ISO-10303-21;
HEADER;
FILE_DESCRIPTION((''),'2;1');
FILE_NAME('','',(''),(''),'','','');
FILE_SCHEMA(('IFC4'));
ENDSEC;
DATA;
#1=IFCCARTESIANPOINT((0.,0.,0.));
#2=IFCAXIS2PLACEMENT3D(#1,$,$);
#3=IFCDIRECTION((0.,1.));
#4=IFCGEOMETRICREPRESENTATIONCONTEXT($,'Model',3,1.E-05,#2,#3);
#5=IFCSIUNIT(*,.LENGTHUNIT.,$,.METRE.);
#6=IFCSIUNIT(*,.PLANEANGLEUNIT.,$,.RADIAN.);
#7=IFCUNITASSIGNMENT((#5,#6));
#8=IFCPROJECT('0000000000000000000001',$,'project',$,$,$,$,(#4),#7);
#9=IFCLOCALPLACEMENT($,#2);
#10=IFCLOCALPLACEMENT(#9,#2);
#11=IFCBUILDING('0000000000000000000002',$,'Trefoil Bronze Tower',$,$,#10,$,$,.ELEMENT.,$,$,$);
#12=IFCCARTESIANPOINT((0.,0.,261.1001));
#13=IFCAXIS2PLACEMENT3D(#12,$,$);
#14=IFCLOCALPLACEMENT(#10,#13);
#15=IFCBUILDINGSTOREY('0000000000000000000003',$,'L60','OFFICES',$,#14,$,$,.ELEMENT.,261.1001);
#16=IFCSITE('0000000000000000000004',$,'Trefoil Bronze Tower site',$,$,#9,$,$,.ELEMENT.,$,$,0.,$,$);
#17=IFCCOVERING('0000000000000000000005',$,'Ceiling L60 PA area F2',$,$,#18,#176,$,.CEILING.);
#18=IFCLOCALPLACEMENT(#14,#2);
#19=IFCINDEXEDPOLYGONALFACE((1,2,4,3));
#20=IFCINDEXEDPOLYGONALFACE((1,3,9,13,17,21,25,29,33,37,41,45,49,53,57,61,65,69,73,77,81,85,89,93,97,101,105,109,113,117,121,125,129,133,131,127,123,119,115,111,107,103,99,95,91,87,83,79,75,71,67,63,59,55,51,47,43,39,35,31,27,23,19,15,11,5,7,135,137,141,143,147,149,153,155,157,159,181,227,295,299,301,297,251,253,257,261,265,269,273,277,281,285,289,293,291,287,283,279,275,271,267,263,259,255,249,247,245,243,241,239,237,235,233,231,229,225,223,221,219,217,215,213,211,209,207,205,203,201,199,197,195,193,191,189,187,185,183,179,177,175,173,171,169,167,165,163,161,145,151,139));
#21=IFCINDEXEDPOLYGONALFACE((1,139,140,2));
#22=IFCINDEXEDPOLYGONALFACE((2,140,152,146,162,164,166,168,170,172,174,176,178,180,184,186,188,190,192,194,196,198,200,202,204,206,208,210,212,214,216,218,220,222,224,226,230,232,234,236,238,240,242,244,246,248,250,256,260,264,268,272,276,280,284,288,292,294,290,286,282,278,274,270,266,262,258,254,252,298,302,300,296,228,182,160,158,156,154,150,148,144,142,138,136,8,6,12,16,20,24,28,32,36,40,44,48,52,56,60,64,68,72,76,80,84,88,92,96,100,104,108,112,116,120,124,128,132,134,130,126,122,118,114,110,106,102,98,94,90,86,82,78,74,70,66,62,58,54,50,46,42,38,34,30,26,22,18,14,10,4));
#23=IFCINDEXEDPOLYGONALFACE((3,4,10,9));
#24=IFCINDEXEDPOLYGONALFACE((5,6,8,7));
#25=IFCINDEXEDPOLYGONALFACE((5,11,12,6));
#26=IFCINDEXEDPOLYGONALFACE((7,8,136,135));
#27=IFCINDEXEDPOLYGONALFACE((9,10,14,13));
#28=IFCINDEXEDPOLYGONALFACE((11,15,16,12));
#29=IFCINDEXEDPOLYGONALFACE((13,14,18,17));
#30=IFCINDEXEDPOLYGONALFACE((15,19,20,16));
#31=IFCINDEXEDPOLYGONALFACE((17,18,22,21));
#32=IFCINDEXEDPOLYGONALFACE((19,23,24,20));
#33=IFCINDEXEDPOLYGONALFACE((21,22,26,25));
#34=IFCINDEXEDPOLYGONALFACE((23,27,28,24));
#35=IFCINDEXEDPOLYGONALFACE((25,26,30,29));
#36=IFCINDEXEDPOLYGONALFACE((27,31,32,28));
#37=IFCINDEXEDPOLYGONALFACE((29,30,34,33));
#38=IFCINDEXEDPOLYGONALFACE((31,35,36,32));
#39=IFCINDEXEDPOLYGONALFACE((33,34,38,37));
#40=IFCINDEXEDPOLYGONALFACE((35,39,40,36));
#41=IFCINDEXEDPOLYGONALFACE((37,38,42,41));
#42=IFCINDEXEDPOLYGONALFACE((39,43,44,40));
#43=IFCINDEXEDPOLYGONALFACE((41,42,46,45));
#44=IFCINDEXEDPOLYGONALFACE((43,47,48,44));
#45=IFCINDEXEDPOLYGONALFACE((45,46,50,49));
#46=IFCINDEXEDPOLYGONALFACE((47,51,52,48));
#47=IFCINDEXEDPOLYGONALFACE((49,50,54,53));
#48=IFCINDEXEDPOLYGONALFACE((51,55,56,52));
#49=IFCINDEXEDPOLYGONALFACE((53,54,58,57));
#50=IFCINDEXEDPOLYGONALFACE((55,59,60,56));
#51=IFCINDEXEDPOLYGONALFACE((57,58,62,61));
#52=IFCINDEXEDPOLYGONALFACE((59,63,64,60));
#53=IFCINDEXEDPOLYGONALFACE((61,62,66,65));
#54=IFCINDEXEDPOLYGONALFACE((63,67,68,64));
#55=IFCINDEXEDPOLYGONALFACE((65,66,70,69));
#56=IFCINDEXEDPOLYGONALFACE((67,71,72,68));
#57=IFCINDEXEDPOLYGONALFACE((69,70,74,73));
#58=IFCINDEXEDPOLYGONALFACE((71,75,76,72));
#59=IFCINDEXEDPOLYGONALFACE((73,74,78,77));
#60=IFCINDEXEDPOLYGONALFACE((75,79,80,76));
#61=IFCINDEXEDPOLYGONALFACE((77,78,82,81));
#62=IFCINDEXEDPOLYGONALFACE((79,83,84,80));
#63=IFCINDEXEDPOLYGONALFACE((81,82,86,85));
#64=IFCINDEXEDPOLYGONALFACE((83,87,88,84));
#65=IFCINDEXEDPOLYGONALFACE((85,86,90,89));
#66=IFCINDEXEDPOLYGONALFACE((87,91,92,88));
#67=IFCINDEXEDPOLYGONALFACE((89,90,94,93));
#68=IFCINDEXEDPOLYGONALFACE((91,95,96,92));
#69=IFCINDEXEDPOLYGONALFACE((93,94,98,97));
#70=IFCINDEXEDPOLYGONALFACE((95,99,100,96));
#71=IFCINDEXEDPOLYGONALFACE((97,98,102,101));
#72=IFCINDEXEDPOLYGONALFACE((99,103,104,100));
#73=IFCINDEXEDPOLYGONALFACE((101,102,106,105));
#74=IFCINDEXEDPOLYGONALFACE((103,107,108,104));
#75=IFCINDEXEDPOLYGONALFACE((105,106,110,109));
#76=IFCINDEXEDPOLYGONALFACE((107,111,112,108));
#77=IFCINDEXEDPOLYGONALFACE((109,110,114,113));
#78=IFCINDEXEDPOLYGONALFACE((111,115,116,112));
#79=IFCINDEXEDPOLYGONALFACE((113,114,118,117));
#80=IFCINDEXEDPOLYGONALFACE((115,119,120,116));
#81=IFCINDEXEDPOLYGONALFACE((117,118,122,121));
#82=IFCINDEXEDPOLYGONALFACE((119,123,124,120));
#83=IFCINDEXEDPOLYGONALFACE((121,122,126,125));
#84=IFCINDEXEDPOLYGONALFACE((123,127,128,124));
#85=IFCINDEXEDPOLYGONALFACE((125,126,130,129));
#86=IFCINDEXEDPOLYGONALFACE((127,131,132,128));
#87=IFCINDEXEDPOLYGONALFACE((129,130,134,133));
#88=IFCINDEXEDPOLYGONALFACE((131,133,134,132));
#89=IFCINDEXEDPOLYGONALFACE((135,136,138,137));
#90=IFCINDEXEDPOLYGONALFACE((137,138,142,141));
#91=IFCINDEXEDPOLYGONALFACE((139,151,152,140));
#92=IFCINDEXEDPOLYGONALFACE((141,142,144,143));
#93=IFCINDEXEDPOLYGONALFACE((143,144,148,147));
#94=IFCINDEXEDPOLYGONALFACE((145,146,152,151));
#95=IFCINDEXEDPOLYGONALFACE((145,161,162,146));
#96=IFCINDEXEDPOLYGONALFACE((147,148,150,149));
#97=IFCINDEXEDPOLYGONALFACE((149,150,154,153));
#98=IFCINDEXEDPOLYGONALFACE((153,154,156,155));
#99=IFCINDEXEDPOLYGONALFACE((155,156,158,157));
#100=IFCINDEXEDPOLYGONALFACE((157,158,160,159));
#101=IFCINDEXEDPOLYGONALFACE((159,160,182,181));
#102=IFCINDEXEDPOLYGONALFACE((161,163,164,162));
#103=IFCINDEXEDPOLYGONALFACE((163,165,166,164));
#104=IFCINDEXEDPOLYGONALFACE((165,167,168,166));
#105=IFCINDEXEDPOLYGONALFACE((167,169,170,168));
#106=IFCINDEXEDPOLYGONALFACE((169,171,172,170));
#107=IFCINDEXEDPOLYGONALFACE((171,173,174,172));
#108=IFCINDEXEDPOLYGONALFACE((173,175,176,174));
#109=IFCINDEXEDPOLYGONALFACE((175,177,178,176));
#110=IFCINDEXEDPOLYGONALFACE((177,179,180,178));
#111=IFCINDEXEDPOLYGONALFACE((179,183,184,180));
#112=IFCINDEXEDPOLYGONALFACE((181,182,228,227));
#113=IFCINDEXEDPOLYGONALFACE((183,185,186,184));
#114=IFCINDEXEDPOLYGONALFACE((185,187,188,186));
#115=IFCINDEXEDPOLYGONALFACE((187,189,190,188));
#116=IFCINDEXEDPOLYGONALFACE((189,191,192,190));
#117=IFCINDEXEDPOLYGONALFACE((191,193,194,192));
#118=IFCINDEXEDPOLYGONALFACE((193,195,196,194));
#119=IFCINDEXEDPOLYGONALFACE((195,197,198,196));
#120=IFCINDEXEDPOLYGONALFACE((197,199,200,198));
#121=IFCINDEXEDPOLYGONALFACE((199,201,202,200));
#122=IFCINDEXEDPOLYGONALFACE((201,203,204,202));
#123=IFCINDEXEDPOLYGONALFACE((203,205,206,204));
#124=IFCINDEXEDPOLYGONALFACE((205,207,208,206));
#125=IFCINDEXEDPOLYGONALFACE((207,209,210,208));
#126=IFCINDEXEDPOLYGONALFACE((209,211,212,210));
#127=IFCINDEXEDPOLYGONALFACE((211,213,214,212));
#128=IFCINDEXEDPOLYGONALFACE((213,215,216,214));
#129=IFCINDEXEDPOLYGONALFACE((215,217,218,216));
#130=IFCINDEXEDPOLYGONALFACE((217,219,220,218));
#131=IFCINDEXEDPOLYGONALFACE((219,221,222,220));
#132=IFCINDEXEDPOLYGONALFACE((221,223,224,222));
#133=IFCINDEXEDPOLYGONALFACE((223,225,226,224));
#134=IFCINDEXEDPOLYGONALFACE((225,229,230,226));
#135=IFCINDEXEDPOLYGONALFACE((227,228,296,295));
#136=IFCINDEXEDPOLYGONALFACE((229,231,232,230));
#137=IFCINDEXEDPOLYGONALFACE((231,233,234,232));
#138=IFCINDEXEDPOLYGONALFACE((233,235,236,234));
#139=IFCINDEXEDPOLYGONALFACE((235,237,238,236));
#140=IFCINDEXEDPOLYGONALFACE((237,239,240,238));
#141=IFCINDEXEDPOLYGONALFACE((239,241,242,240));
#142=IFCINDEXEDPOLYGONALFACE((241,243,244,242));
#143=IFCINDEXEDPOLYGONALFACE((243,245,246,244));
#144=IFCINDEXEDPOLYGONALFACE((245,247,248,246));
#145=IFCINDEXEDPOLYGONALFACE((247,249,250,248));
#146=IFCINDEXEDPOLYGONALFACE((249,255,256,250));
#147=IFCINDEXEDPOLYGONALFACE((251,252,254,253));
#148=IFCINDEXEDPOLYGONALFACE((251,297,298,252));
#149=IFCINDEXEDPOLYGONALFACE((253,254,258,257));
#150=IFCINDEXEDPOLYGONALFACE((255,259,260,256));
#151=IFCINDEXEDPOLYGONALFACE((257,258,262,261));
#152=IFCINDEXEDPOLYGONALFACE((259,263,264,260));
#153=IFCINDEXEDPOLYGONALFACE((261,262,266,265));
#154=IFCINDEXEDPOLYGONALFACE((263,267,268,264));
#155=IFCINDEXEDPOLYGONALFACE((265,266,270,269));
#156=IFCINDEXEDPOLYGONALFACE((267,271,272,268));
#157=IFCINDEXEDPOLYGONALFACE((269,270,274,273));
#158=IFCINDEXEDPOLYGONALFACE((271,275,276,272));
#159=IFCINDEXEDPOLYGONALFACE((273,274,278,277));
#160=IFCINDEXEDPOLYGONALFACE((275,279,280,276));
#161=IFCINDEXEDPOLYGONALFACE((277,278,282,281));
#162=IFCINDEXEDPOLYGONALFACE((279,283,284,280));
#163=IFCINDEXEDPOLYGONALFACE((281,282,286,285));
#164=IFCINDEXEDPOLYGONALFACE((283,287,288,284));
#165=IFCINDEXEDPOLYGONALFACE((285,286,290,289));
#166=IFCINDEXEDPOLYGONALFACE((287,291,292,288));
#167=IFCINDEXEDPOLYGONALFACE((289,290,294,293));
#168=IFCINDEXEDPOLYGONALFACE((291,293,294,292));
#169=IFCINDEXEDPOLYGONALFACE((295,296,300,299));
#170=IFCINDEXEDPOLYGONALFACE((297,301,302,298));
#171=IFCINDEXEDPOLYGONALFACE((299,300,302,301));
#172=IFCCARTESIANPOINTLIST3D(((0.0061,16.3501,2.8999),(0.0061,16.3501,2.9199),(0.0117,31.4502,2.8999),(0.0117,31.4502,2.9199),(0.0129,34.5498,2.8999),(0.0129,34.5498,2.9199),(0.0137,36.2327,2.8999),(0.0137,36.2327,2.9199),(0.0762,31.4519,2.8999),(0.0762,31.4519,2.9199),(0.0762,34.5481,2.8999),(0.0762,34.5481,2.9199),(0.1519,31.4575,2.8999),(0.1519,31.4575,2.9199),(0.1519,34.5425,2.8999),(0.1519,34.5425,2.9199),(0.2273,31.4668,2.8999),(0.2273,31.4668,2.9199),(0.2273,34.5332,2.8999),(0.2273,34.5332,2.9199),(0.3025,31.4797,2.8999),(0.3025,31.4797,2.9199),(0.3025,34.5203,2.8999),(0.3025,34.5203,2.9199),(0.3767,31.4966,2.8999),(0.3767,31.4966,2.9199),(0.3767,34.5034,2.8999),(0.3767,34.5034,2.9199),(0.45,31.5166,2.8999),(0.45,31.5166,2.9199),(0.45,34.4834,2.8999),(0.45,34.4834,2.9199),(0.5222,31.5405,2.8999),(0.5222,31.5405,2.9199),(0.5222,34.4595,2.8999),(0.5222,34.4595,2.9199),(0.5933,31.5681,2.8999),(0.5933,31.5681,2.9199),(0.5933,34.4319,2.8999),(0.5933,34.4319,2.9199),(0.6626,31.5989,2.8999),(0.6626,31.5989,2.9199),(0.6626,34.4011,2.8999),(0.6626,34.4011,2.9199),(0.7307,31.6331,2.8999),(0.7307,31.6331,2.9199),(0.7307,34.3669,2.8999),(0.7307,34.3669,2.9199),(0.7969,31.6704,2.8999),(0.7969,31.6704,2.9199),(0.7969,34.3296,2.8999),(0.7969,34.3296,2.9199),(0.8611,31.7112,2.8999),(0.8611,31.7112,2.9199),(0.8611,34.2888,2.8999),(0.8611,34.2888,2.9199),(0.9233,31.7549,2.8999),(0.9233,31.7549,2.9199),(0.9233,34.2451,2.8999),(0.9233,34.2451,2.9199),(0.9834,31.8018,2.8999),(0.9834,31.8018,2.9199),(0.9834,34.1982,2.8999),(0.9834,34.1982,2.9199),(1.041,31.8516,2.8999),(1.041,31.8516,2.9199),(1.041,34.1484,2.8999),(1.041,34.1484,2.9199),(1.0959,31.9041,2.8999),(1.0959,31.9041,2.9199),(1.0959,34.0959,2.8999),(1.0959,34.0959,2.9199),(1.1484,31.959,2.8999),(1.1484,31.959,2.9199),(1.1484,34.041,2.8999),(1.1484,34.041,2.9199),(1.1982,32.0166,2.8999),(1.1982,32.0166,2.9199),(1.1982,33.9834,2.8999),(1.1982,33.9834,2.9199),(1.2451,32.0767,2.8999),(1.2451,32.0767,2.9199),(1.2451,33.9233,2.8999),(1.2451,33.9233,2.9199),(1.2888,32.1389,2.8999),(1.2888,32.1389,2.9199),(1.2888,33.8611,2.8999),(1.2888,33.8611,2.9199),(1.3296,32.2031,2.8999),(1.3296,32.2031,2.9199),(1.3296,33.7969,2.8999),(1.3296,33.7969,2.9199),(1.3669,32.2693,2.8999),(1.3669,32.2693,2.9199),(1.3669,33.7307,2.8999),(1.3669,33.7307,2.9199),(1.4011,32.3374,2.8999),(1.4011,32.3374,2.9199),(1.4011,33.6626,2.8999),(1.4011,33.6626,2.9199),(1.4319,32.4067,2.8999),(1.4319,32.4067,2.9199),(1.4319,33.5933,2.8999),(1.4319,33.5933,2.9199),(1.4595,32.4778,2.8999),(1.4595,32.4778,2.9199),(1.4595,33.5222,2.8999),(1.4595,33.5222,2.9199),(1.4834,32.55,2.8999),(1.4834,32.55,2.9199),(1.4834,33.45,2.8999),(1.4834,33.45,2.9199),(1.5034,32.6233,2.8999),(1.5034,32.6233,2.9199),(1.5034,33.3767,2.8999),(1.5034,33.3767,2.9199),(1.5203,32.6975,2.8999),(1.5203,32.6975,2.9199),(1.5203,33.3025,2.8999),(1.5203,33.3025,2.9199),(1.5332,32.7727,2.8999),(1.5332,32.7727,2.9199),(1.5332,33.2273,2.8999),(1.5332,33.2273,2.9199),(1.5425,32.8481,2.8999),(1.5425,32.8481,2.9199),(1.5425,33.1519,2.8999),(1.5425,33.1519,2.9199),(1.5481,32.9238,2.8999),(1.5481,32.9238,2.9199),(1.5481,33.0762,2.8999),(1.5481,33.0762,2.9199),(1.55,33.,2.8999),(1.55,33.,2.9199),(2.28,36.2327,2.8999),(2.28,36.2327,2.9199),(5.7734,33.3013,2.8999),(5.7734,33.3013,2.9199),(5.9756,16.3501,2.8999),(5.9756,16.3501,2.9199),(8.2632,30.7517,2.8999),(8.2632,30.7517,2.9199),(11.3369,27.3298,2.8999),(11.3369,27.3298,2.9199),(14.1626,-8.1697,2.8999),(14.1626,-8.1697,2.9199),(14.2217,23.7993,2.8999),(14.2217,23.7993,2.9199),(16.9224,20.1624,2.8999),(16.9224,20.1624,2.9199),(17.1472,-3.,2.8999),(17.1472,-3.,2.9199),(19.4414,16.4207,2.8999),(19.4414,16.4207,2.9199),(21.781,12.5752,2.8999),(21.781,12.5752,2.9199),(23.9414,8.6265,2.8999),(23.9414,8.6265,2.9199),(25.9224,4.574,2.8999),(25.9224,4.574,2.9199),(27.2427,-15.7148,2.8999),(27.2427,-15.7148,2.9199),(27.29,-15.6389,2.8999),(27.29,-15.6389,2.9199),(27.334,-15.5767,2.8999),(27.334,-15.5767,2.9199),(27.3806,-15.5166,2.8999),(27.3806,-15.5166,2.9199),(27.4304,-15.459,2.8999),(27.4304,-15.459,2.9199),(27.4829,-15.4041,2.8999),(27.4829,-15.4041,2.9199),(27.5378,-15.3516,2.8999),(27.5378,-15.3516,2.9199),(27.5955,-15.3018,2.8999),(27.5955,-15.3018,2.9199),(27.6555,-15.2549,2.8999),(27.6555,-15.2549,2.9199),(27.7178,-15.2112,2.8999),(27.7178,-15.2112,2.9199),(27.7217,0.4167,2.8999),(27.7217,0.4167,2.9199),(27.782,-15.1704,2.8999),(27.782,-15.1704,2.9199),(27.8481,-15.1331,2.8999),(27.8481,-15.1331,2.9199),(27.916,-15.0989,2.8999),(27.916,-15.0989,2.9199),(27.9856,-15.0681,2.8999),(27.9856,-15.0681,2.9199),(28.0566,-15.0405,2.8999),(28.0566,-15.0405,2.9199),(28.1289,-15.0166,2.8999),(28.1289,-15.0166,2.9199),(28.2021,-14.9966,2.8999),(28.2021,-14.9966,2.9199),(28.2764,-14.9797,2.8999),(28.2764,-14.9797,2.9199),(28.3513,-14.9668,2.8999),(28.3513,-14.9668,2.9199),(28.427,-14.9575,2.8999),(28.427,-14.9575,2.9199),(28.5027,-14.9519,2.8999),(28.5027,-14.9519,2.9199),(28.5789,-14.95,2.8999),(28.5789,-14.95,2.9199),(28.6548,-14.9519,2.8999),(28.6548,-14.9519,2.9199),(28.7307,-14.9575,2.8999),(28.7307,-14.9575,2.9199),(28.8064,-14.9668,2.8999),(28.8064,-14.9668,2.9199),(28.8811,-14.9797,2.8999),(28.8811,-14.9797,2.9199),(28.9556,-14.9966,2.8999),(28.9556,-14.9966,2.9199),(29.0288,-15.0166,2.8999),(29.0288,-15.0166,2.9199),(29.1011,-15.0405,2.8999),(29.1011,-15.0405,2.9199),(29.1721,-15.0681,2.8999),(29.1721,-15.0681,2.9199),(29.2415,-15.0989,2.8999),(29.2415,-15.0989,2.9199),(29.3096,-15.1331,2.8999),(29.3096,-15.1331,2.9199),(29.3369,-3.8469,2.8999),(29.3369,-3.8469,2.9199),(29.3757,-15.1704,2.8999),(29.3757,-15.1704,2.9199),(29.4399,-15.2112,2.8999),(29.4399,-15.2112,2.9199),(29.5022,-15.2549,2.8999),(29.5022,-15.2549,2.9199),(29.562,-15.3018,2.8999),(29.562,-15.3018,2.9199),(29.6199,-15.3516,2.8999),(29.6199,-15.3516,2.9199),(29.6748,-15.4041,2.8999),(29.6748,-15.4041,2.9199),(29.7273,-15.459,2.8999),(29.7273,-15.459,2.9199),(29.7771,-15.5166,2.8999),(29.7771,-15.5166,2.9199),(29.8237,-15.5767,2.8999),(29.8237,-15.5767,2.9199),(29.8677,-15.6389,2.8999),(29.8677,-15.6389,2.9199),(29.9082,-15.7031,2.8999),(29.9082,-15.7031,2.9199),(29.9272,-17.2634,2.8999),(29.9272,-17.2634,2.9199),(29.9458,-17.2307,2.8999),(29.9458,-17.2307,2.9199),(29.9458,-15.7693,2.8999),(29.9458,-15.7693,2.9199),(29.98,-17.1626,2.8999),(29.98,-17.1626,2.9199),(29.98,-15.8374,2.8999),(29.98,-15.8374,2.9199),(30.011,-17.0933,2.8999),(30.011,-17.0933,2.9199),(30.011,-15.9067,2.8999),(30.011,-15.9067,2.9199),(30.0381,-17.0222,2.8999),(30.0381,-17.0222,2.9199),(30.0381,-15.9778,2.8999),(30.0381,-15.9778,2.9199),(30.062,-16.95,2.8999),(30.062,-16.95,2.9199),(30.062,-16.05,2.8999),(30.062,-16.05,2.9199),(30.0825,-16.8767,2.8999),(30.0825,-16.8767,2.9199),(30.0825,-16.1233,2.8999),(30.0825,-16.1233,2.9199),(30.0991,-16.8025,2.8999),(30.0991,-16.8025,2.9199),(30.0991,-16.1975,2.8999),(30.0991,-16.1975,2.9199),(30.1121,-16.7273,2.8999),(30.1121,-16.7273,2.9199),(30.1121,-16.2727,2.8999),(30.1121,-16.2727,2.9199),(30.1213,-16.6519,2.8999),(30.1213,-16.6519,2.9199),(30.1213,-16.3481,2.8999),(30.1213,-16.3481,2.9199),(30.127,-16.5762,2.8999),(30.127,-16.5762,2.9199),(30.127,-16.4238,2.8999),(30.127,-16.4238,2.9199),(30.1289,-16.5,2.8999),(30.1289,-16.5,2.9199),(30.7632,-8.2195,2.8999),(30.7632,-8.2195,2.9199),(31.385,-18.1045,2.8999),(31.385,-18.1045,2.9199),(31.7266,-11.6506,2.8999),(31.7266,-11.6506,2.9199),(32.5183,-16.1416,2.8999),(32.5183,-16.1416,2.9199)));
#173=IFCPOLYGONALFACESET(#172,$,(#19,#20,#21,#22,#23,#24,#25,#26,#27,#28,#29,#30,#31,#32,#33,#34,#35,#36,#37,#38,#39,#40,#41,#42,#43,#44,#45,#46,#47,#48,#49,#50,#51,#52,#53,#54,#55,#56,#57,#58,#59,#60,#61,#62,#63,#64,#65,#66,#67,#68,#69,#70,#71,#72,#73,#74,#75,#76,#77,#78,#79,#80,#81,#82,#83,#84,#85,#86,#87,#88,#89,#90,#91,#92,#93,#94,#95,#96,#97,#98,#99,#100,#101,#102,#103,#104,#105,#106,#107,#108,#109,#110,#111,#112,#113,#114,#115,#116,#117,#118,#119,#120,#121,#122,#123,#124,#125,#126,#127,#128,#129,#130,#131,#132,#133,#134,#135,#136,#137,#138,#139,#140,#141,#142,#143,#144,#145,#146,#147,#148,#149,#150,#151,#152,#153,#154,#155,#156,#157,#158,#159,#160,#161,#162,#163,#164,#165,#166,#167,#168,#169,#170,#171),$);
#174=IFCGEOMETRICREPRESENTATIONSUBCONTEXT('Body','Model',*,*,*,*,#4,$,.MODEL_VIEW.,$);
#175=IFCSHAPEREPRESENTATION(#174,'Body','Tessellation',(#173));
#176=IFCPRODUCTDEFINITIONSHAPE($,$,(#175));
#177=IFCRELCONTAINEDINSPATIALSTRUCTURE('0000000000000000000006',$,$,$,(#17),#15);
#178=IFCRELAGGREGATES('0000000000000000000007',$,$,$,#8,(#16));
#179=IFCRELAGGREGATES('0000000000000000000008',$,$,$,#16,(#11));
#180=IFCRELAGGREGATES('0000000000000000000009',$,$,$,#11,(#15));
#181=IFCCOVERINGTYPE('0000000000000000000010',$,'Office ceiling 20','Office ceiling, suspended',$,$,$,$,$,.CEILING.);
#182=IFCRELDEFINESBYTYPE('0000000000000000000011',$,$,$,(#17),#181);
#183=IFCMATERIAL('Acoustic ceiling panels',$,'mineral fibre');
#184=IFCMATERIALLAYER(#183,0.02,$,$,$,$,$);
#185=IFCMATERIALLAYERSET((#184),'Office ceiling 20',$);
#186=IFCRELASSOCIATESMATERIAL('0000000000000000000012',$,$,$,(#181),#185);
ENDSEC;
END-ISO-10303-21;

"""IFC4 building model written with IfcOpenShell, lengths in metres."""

from ifc_helpers import new_model, si_unit, direction, frame, origin, place, context, subcontext, project, spatial, polyline, outline, extrude, material, layer, layer_set, type_object, element, save


model = new_model("IFC4")

# Units and contexts
model_context = context("Model", 3, precision=1e-05, world=origin(), true_north=direction((0.0, 1.0)))
body_context = subcontext(model_context, "Body", "Model", "MODEL_VIEW")
ifc_project = project(units=[si_unit("LENGTHUNIT", "METRE"), si_unit("PLANEANGLEUNIT", "RADIAN")], contexts=[model_context])

# Site, building, storey
site_placement = place(None, origin())
site = spatial("IfcSite", under=ifc_project, at=site_placement, Name="Trefoil Bronze Tower site", CompositionType="ELEMENT", RefElevation=0.0)
building_placement = place(site_placement, origin())
building = spatial("IfcBuilding", under=site, at=building_placement, Name="Trefoil Bronze Tower", CompositionType="ELEMENT")
storey_placement = place(building_placement, frame((0.0, 0.0, 261.1001)))
storey = spatial("IfcBuildingStorey", under=building, at=storey_placement, Name="L60", Description="OFFICES", CompositionType="ELEMENT", Elevation=261.1001)

# Covering
ifc_material_1 = material(Name="Acoustic ceiling panels", Category="mineral fibre")
ifc_layer_1 = layer(ifc_material_1, 0.02)
ifc_layer_set_1 = layer_set([ifc_layer_1], Name="Office ceiling 20")
covering_type_1 = type_object("IfcCoveringType", Name="Office ceiling 20", Description="Office ceiling, suspended", PredefinedType="CEILING", material=ifc_layer_set_1)
covering_1_placement = place(storey_placement, frame((0.0, 0.0, 2.8999)))
element("IfcCovering", 1, at=covering_1_placement, inside=storey, type_object=covering_type_1, Name="Ceiling L60 PA area F2", PredefinedType="CEILING", context=body_context, shape_type="SweptSolid", body=[
    extrude(outline(polyline([(8.2632, 30.7517), (11.3369, 27.3298), (14.2217, 23.7993), (16.9224, 20.1624), (19.4414, 16.4207), (21.781, 12.5752), (23.9414, 8.6265), (25.9224, 4.574), (27.7217, 0.4167), (29.3369, -3.8469), (30.7632, -8.2195), (31.7266, -11.6506), (32.5183, -16.1416), (31.385, -18.1045), (29.9272, -17.2634), (29.9458, -17.2307), (29.98, -17.1626), (30.011, -17.0933), (30.0381, -17.0222), (30.062, -16.95), (30.0825, -16.8767), (30.0991, -16.8025), (30.1121, -16.7273), (30.1213, -16.6519), (30.127, -16.5762), (30.1289, -16.5), (30.127, -16.4238), (30.1213, -16.3481), (30.1121, -16.2727), (30.0991, -16.1975), (30.0825, -16.1233), (30.062, -16.05), (30.0381, -15.9778), (30.011, -15.9067), (29.98, -15.8374), (29.9458, -15.7693), (29.9082, -15.7031), (29.8677, -15.6389), (29.8237, -15.5767), (29.7771, -15.5166), (29.7273, -15.459), (29.6748, -15.4041), (29.6199, -15.3516), (29.562, -15.3018), (29.5022, -15.2549), (29.4399, -15.2112), (29.3757, -15.1704), (29.3096, -15.1331), (29.2415, -15.0989), (29.1721, -15.0681), (29.1011, -15.0405), (29.0288, -15.0166), (28.9556, -14.9966), (28.8811, -14.9797), (28.8064, -14.9668), (28.7307, -14.9575), (28.6548, -14.9519), (28.5789, -14.95), (28.5027, -14.9519), (28.427, -14.9575), (28.3513, -14.9668), (28.2764, -14.9797), (28.2021, -14.9966), (28.1289, -15.0166), (28.0566, -15.0405), (27.9856, -15.0681), (27.916, -15.0989), (27.8481, -15.1331), (27.782, -15.1704), (27.7178, -15.2112), (27.6555, -15.2549), (27.5955, -15.3018), (27.5378, -15.3516), (27.4829, -15.4041), (27.4304, -15.459), (27.3806, -15.5166), (27.334, -15.5767), (27.29, -15.6389), (27.2427, -15.7148), (14.1626, -8.1697), (17.1472, -3.0), (5.9756, 16.3501), (0.0061, 16.3501), (0.0117, 31.4502), (0.0762, 31.4519), (0.1519, 31.4575), (0.2273, 31.4668), (0.3025, 31.4797), (0.3767, 31.4966), (0.45, 31.5166), (0.5222, 31.5405), (0.5933, 31.5681), (0.6626, 31.5989), (0.7307, 31.6331), (0.7969, 31.6704), (0.8611, 31.7112), (0.9233, 31.7549), (0.9834, 31.8018), (1.041, 31.8516), (1.0959, 31.9041), (1.1484, 31.959), (1.1982, 32.0166), (1.2451, 32.0767), (1.2888, 32.1389), (1.3296, 32.2031), (1.3669, 32.2693), (1.4011, 32.3374), (1.4319, 32.4067), (1.4595, 32.4778), (1.4834, 32.55), (1.5034, 32.6233), (1.5203, 32.6975), (1.5332, 32.7727), (1.5425, 32.8481), (1.5481, 32.9238), (1.55, 33.0), (1.5481, 33.0762), (1.5425, 33.1519), (1.5332, 33.2273), (1.5203, 33.3025), (1.5034, 33.3767), (1.4834, 33.45), (1.4595, 33.5222), (1.4319, 33.5933), (1.4011, 33.6626), (1.3669, 33.7307), (1.3296, 33.7969), (1.2888, 33.8611), (1.2451, 33.9233), (1.1982, 33.9834), (1.1484, 34.041), (1.0959, 34.0959), (1.041, 34.1484), (0.9834, 34.1982), (0.9233, 34.2451), (0.8611, 34.2888), (0.7969, 34.3296), (0.7307, 34.3669), (0.6626, 34.4011), (0.5933, 34.4319), (0.5222, 34.4595), (0.45, 34.4834), (0.3767, 34.5034), (0.3025, 34.5203), (0.2273, 34.5332), (0.1519, 34.5425), (0.0762, 34.5481), (0.0129, 34.5498), (0.0137, 36.2327), (2.28, 36.2327), (5.7734, 33.3013), (8.2632, 30.7517)])), origin(), (0.0, 0.0, 1.0), 0.02),
])

save(model, "model.ifc")
